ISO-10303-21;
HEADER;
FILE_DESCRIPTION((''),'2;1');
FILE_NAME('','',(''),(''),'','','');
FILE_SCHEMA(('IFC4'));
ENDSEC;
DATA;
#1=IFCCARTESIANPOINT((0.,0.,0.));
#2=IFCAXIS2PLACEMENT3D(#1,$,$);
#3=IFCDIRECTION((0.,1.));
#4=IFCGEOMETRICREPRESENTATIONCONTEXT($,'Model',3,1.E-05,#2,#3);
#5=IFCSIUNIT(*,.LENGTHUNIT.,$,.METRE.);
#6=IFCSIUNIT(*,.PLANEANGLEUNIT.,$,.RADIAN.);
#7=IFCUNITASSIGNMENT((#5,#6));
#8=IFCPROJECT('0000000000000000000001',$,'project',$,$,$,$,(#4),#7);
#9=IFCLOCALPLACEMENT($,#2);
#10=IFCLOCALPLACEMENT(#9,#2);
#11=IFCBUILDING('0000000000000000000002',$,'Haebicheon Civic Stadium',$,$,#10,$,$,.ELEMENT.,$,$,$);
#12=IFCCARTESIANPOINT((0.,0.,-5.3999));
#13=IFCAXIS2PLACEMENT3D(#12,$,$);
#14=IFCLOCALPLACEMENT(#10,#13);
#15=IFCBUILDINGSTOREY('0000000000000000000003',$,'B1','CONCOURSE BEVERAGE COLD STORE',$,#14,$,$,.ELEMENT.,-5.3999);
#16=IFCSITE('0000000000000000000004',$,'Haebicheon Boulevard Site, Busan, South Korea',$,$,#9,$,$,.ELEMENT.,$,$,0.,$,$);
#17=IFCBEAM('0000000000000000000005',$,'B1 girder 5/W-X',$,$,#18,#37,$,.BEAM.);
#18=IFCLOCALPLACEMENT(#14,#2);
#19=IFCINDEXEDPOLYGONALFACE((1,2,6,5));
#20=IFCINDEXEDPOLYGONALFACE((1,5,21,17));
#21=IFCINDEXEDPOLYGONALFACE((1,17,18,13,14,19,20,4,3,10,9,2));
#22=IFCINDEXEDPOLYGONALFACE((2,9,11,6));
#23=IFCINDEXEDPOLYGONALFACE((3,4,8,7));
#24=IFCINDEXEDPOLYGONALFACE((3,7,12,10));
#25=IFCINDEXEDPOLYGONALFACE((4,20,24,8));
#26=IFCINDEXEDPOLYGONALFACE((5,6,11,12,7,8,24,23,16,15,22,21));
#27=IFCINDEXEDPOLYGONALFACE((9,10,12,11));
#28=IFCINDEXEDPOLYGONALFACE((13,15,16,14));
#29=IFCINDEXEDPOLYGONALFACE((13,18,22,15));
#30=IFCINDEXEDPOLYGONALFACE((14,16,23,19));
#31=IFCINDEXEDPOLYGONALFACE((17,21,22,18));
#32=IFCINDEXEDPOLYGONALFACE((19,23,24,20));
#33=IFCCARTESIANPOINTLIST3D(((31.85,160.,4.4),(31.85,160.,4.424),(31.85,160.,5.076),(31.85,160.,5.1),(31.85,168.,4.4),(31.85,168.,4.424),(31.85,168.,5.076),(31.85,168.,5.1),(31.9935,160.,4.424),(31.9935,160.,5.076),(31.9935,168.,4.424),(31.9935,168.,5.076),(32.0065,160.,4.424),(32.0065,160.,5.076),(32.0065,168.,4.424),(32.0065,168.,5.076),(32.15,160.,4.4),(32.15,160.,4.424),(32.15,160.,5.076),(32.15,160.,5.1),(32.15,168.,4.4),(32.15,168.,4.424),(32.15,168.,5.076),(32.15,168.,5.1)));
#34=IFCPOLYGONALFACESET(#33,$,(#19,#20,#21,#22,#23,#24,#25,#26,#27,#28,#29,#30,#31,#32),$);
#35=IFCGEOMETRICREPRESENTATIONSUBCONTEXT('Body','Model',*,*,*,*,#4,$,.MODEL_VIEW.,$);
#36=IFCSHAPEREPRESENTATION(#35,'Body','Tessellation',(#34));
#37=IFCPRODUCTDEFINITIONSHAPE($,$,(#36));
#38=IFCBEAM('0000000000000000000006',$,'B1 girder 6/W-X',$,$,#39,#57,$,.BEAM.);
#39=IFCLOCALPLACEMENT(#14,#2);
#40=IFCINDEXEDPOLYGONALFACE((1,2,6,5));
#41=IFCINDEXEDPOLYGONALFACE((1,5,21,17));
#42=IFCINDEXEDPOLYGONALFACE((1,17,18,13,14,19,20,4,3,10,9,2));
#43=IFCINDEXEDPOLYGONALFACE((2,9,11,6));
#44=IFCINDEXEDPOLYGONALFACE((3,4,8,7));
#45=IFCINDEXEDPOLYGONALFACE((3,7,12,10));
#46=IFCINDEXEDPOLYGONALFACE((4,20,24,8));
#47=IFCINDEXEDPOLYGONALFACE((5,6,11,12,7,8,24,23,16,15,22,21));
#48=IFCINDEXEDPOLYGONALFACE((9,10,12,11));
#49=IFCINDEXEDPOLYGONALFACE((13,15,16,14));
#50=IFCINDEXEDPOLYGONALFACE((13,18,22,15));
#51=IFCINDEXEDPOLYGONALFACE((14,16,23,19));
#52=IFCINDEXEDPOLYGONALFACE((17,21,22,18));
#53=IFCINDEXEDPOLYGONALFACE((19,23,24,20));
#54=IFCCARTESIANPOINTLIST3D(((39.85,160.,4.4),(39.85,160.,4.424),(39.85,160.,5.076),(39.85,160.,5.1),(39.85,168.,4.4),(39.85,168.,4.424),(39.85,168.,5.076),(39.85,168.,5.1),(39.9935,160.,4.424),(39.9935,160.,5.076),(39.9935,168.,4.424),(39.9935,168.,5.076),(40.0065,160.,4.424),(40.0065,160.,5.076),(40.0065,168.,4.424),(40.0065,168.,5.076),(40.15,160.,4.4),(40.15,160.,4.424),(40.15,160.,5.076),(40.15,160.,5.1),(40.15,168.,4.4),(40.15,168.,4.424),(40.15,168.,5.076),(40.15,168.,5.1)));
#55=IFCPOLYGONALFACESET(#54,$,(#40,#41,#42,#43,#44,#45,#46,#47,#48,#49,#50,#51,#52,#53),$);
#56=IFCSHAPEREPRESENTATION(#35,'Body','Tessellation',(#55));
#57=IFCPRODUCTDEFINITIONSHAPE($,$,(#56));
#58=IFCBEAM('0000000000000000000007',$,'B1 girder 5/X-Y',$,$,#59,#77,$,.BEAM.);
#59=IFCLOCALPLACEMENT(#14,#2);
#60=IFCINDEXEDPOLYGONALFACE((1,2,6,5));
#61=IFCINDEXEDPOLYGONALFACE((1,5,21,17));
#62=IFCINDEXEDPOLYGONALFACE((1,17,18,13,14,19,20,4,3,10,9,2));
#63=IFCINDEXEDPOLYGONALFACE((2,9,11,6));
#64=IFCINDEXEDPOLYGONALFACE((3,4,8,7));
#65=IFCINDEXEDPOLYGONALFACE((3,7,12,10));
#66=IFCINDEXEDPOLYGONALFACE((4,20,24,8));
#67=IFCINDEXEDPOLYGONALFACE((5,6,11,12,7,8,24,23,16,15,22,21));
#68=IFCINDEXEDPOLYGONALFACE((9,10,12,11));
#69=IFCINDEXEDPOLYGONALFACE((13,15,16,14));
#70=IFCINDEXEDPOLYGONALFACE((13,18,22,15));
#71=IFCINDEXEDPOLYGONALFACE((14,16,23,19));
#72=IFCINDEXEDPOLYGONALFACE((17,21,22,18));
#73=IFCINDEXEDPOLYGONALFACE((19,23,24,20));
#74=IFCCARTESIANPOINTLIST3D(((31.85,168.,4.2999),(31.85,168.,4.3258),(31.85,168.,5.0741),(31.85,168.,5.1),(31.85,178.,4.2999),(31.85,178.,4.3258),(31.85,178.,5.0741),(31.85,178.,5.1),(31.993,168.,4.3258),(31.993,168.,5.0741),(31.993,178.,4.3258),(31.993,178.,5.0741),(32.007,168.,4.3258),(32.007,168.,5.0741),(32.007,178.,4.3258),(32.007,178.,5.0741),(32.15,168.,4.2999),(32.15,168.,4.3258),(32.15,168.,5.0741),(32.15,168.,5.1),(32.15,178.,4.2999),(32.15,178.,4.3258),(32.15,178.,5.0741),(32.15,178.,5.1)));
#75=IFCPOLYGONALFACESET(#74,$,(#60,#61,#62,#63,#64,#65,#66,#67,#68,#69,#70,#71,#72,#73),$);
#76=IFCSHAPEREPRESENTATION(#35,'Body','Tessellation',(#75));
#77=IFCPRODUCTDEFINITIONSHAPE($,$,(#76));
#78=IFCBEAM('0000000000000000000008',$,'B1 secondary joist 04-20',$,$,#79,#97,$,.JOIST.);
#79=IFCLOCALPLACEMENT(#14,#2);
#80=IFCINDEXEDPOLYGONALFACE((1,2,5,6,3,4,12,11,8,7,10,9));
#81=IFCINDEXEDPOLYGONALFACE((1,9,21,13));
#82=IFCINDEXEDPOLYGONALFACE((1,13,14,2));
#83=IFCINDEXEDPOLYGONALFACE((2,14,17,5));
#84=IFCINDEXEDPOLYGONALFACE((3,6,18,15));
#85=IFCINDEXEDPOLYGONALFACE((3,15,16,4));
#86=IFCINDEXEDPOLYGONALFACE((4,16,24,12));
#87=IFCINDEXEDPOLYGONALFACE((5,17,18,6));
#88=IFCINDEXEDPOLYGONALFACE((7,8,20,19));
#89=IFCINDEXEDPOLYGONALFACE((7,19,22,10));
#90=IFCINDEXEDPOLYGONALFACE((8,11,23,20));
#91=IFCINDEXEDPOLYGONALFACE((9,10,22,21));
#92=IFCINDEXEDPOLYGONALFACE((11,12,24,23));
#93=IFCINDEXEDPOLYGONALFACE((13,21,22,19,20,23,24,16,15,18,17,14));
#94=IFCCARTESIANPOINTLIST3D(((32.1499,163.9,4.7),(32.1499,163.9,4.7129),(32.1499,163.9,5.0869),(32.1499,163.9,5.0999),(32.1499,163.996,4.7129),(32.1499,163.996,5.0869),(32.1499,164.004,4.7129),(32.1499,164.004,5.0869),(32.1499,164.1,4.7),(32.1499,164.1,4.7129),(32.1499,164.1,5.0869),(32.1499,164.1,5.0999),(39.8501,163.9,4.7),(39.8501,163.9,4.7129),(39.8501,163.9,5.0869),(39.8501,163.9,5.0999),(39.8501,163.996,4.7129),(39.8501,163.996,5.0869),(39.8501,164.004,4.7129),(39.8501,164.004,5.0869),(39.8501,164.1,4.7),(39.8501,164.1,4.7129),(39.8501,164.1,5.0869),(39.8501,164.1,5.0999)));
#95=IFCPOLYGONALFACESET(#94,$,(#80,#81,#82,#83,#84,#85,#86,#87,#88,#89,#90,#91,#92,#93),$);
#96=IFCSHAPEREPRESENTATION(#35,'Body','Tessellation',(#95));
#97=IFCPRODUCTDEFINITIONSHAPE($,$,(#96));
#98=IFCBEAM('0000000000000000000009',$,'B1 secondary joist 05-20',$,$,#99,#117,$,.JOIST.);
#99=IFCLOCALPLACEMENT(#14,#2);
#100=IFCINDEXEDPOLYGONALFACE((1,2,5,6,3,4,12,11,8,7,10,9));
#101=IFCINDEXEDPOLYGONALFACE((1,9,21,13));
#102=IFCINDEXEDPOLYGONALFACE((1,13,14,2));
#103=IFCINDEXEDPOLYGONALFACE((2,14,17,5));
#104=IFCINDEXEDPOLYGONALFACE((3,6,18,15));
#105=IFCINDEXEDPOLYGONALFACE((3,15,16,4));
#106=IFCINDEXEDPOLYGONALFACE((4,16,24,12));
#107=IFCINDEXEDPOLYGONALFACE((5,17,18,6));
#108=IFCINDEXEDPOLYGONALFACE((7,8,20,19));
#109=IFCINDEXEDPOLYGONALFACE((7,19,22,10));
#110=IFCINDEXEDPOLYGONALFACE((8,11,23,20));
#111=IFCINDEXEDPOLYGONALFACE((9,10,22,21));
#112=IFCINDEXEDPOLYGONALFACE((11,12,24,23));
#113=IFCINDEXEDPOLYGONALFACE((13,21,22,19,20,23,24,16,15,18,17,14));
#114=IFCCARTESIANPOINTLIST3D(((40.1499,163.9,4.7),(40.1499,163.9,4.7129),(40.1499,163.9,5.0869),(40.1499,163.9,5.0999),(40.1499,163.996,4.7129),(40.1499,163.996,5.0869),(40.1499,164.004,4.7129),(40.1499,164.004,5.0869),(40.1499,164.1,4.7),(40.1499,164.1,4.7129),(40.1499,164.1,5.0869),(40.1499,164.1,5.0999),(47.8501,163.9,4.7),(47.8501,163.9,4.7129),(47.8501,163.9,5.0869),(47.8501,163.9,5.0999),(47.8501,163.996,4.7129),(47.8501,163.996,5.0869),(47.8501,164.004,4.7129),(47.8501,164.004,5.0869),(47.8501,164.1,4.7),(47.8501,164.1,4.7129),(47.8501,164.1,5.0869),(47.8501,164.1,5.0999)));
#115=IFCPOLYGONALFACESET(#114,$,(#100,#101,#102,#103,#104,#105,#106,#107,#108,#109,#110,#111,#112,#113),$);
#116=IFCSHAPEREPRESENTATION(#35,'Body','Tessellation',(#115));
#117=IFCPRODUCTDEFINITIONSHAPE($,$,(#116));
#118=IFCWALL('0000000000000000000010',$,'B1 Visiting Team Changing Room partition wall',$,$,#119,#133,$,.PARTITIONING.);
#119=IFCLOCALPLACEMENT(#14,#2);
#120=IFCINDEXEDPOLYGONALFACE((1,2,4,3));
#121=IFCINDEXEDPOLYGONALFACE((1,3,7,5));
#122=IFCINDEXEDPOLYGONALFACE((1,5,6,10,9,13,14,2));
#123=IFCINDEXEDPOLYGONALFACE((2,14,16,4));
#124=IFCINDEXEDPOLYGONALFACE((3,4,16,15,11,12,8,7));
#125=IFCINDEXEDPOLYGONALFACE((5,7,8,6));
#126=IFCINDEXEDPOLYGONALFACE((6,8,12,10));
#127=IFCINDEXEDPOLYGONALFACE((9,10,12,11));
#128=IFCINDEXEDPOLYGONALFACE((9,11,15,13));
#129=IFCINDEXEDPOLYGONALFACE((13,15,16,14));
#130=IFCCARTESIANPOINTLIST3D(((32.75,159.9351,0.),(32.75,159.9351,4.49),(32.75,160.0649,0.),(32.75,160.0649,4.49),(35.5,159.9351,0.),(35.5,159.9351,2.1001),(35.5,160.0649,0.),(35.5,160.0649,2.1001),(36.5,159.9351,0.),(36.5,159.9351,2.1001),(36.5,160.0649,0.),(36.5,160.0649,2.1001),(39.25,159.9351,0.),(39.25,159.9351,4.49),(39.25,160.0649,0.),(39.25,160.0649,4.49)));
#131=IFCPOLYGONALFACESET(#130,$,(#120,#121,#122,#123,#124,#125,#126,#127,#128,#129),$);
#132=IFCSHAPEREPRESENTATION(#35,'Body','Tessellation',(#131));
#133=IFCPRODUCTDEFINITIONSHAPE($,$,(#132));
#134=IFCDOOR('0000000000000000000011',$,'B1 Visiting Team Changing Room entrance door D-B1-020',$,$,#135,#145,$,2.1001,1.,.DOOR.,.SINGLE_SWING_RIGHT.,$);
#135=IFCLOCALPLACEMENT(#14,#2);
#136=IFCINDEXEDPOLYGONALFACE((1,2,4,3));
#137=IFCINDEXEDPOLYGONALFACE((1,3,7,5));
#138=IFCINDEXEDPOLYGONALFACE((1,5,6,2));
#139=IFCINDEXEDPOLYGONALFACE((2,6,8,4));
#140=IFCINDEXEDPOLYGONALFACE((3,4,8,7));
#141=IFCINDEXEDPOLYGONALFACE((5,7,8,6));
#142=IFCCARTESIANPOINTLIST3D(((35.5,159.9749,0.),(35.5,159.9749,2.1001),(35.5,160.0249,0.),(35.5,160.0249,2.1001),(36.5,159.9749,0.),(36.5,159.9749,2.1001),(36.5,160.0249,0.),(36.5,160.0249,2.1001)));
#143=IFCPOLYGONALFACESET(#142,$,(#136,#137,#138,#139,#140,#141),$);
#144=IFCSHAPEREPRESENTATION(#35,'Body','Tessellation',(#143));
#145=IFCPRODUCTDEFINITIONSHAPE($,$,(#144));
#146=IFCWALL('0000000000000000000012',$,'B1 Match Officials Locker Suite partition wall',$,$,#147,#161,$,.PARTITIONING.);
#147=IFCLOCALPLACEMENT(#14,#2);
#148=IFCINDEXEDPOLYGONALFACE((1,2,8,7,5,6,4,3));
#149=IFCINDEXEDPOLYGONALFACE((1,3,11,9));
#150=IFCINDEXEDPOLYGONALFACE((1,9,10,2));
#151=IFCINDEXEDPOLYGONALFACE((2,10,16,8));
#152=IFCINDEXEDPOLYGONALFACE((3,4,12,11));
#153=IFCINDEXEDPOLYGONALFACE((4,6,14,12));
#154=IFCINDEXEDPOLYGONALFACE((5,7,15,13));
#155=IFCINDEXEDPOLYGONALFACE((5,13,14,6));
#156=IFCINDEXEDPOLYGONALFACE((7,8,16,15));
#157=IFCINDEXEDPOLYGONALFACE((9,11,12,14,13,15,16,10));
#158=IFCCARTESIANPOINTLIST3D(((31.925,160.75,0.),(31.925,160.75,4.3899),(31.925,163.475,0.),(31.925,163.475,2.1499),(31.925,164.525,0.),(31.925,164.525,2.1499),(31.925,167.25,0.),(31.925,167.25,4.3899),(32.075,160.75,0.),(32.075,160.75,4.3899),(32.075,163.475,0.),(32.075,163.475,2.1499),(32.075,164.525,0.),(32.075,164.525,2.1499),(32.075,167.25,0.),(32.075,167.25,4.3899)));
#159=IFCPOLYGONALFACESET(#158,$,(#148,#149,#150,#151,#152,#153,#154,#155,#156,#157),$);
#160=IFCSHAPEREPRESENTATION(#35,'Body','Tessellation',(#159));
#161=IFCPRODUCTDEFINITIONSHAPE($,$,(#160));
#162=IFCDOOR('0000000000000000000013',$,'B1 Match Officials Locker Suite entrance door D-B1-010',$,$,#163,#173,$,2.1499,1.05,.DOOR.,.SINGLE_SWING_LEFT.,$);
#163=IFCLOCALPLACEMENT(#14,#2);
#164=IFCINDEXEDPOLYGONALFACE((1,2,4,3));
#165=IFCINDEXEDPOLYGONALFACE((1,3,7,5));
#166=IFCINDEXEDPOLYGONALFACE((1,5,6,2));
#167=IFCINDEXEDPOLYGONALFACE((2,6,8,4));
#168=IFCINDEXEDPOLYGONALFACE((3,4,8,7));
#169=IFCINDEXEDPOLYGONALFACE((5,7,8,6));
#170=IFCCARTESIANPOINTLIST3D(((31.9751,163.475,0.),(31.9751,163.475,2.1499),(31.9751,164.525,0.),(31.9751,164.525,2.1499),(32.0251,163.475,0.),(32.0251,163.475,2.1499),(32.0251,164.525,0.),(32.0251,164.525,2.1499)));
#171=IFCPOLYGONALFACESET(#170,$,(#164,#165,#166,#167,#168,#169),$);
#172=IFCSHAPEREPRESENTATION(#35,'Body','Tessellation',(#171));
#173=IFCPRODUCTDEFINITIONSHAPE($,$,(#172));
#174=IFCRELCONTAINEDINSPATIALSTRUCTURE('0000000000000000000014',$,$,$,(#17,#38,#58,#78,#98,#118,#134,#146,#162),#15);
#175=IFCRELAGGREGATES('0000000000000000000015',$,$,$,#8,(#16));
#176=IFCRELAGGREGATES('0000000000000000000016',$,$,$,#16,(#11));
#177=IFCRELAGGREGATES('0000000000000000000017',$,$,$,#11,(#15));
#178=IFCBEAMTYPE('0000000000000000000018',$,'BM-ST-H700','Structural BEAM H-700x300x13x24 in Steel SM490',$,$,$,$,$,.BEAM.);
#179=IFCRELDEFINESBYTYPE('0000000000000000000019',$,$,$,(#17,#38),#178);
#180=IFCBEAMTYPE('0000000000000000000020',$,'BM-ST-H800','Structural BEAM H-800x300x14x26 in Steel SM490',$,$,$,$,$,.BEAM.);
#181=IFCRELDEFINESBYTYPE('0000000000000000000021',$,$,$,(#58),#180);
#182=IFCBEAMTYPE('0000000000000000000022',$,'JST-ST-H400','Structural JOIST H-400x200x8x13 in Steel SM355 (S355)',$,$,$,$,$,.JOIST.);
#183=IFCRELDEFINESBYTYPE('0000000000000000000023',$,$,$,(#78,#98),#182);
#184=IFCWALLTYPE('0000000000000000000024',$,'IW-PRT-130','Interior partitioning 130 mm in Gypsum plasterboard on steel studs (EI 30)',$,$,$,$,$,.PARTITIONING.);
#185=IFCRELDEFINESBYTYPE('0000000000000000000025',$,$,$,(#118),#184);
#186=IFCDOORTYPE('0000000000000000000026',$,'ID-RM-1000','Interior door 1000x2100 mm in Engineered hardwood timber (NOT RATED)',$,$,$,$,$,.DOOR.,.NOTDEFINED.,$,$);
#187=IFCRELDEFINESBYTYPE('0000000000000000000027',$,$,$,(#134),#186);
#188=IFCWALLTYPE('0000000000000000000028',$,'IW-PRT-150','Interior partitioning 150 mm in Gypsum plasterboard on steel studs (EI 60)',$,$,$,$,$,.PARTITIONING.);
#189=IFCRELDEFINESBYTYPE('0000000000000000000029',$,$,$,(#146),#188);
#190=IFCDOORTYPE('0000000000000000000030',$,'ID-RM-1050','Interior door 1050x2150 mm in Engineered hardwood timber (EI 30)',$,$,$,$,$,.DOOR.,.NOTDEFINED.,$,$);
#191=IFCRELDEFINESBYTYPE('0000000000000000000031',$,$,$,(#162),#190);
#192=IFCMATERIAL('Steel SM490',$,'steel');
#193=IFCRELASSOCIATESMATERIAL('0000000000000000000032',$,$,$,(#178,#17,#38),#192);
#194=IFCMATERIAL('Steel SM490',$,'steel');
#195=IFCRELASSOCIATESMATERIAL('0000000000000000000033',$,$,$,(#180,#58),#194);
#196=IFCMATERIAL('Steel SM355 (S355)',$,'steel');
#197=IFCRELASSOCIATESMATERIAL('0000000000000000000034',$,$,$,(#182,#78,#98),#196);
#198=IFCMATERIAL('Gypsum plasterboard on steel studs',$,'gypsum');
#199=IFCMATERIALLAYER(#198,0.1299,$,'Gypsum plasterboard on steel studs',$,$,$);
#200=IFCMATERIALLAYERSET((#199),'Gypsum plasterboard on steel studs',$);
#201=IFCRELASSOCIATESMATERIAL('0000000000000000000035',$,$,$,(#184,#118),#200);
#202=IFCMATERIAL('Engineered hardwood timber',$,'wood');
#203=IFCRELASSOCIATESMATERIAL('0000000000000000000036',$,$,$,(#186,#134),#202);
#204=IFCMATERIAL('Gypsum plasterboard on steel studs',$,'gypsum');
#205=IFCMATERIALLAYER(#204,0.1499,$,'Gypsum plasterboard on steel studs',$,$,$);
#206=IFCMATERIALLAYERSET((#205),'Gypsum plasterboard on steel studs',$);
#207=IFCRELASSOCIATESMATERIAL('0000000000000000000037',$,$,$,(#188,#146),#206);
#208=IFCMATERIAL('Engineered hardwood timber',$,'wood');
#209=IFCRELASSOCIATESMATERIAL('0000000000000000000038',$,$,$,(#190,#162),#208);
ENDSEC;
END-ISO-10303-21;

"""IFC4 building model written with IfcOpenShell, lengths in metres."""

from ifc_helpers import new_model, si_unit, direction, frame, frame_2d, origin, origin_2d, place, context, subcontext, project, spatial, rectangle, i_section, extrude, material, layer, layer_set, material_profile, profile_set, type_object, element, fill, save


model = new_model("IFC4")

# Units and contexts
model_context = context("Model", 3, precision=1e-05, world=origin(), true_north=direction((0.0, 1.0)))
body_context = subcontext(model_context, "Body", "Model", "MODEL_VIEW")
ifc_project = project(units=[si_unit("LENGTHUNIT", "METRE"), si_unit("PLANEANGLEUNIT", "RADIAN")], contexts=[model_context])

# Site, building, storey
site_placement = place(None, origin())
site = spatial("IfcSite", under=ifc_project, at=site_placement, Name="Haebicheon Boulevard Site, Busan, South Korea", CompositionType="ELEMENT", RefElevation=0.0)
building_placement = place(site_placement, origin())
building = spatial("IfcBuilding", under=site, at=building_placement, Name="Haebicheon Civic Stadium", CompositionType="ELEMENT")
storey_placement = place(building_placement, frame((0.0, 0.0, -5.3999)))
storey = spatial("IfcBuildingStorey", under=building, at=storey_placement, Name="B1", Description="CONCOURSE BEVERAGE COLD STORE", CompositionType="ELEMENT", Elevation=-5.3999)

# Beams
ifc_material_1 = material(Name="Steel SM490", Category="steel")
ifc_material_profile_1 = material_profile(ifc_material_1, i_section(OverallWidth=0.3, OverallDepth=0.7, WebThickness=0.0129, FlangeThickness=0.0239, at=origin_2d()), Name="H-700x300x13x24")
ifc_profile_set_1 = profile_set([ifc_material_profile_1], Name="Steel SM490")
beam_type_1 = type_object("IfcBeamType", Name="BM-ST-H700", Description="Structural BEAM H-700x300x13x24 in Steel SM490", PredefinedType="BEAM", material=ifc_profile_set_1)
for number, where, z_axis, x_axis, name in (
    (1, (32.0, 160.0, 4.75), (0.0, 1.0, 0.0), (-1.0, 0.0, 0.0), "B1 girder 5/W-X"),
    (2, (40.0, 160.0, 4.75), (0.0, 1.0, 0.0), (-1.0, 0.0, 0.0), "B1 girder 6/W-X"),
):
    element("IfcBeam", number, at=place(storey_placement, frame(where, z_axis=z_axis, x_axis=x_axis)), inside=storey, type_object=beam_type_1, material=ifc_profile_set_1, Name=name, PredefinedType="BEAM", context=body_context, shape_type="SweptSolid", body=[
        extrude(i_section(OverallWidth=0.3, OverallDepth=0.7, WebThickness=0.0129, FlangeThickness=0.0239, at=origin_2d()), origin(), (0.0, 0.0, 1.0), 8.0),
    ])
ifc_material_2 = material(Name="Steel SM490", Category="steel")
ifc_material_profile_2 = material_profile(ifc_material_2, i_section(OverallWidth=0.3, OverallDepth=0.8, WebThickness=0.0139, FlangeThickness=0.0259, at=origin_2d()), Name="H-800x300x14x26")
ifc_profile_set_2 = profile_set([ifc_material_profile_2], Name="Steel SM490")
beam_type_2 = type_object("IfcBeamType", Name="BM-ST-H800", Description="Structural BEAM H-800x300x14x26 in Steel SM490", PredefinedType="BEAM", material=ifc_profile_set_2)
beam_placement = place(storey_placement, frame((32.0, 168.0, 4.7), z_axis=(0.0, 1.0, 0.0), x_axis=(-1.0, 0.0, 0.0)))
element("IfcBeam", 3, at=beam_placement, inside=storey, type_object=beam_type_2, material=ifc_profile_set_2, Name="B1 girder 5/X-Y", PredefinedType="BEAM", context=body_context, shape_type="SweptSolid", body=[
    extrude(i_section(OverallWidth=0.3, OverallDepth=0.8, WebThickness=0.0139, FlangeThickness=0.0259, at=origin_2d()), origin(), (0.0, 0.0, 1.0), 10.0),
])
ifc_material_3 = material(Name="Steel SM355 (S355)", Category="steel")
ifc_material_profile_3 = material_profile(ifc_material_3, i_section(OverallWidth=0.2, OverallDepth=0.3999, WebThickness=0.0081, FlangeThickness=0.0129, at=origin_2d()), Name="H-400x200x8x13")
ifc_profile_set_3 = profile_set([ifc_material_profile_3], Name="Steel SM355 (S355)")
beam_type_3 = type_object("IfcBeamType", Name="JST-ST-H400", Description="Structural JOIST H-400x200x8x13 in Steel SM355 (S355)", PredefinedType="JOIST", material=ifc_profile_set_3)
for number, where, z_axis, x_axis, name in (
    (4, (32.1499, 164.0, 4.8999), (1.0, 0.0, 0.0), (0.0, 1.0, 0.0), "B1 secondary joist 04-20"),
    (5, (40.1499, 164.0, 4.8999), (1.0, 0.0, 0.0), (0.0, 1.0, 0.0), "B1 secondary joist 05-20"),
):
    element("IfcBeam", number, at=place(storey_placement, frame(where, z_axis=z_axis, x_axis=x_axis)), inside=storey, type_object=beam_type_3, material=ifc_profile_set_3, Name=name, PredefinedType="JOIST", context=body_context, shape_type="SweptSolid", body=[
        extrude(i_section(OverallWidth=0.2, OverallDepth=0.3999, WebThickness=0.0081, FlangeThickness=0.0129, at=origin_2d()), origin(), (0.0, 0.0, 1.0), 7.7002),
    ])

# Walls, openings, doors
ifc_material_4 = material(Name="Gypsum plasterboard on steel studs", Category="gypsum")
ifc_layer_1 = layer(ifc_material_4, 0.1299, Name="Gypsum plasterboard on steel studs")
ifc_layer_set_1 = layer_set([ifc_layer_1], Name="Gypsum plasterboard on steel studs")
wall_type_1 = type_object("IfcWallType", Name="IW-PRT-130", Description="Interior partitioning 130 mm in Gypsum plasterboard on steel studs (EI 30)", PredefinedType="PARTITIONING", material=ifc_layer_set_1)
wall_1_placement = place(storey_placement, frame((32.75, 160.0, 0.0), z_axis=(0.0, 0.0, 1.0), x_axis=(1.0, 0.0, 0.0)))
wall_1 = element("IfcWall", 6, at=wall_1_placement, inside=storey, type_object=wall_type_1, material=ifc_layer_set_1, Name="B1 Visiting Team Changing Room partition wall", PredefinedType="PARTITIONING", context=body_context, shape_type="SweptSolid", body=[
    extrude(rectangle(XDim=6.5, YDim=0.1299, at=frame_2d((3.25, 0.0))), origin(), (0.0, 0.0, 1.0), 4.49),
])
opening_1_placement = place(wall_1_placement, frame((2.75, 0.0, 0.0)))
opening_1 = element("IfcOpeningElement", 7, at=opening_1_placement, cuts=wall_1, PredefinedType="OPENING", context=body_context, shape_type="SweptSolid", body=[
    extrude(rectangle(XDim=1.0, YDim=2.1001, at=frame_2d((0.5, 1.05))), frame((0.0, 0.075, 0.0), z_axis=(0.0, -1.0, 0.0), x_axis=(1.0, 0.0, 0.0)), (0.0, 0.0, 1.0), 0.1499),
])
ifc_material_5 = material(Name="Engineered hardwood timber", Category="wood")
door_type_1 = type_object("IfcDoorType", Name="ID-RM-1000", Description="Interior door 1000x2100 mm in Engineered hardwood timber (NOT RATED)", OperationType="NOTDEFINED", PredefinedType="DOOR", material=ifc_material_5)
door_1_placement = place(opening_1_placement, origin())
door_1 = element("IfcDoor", 8, at=door_1_placement, inside=storey, type_object=door_type_1, material=ifc_material_5, Name="B1 Visiting Team Changing Room entrance door D-B1-020", OperationType="SINGLE_SWING_RIGHT", OverallHeight=2.1001, OverallWidth=1.0, PredefinedType="DOOR", context=body_context, shape_type="SweptSolid", body=[
    extrude(rectangle(XDim=1.0, YDim=2.1001, at=frame_2d((0.5, 1.05))), frame((0.0, 0.0249, 0.0), z_axis=(0.0, -1.0, 0.0), x_axis=(1.0, 0.0, 0.0)), (0.0, 0.0, 1.0), 0.05),
])
fill(opening_1, door_1)
ifc_material_6 = material(Name="Gypsum plasterboard on steel studs", Category="gypsum")
ifc_layer_2 = layer(ifc_material_6, 0.1499, Name="Gypsum plasterboard on steel studs")
ifc_layer_set_2 = layer_set([ifc_layer_2], Name="Gypsum plasterboard on steel studs")
wall_type_2 = type_object("IfcWallType", Name="IW-PRT-150", Description="Interior partitioning 150 mm in Gypsum plasterboard on steel studs (EI 60)", PredefinedType="PARTITIONING", material=ifc_layer_set_2)
wall_2_placement = place(storey_placement, frame((32.0, 160.75, 0.0), z_axis=(0.0, 0.0, 1.0), x_axis=(0.0, 1.0, 0.0)))
wall_2 = element("IfcWall", 9, at=wall_2_placement, inside=storey, type_object=wall_type_2, material=ifc_layer_set_2, Name="B1 Match Officials Locker Suite partition wall", PredefinedType="PARTITIONING", context=body_context, shape_type="SweptSolid", body=[
    extrude(rectangle(XDim=6.5, YDim=0.1499, at=frame_2d((3.25, 0.0))), origin(), (0.0, 0.0, 1.0), 4.3899),
])
opening_2_placement = place(wall_2_placement, frame((2.7251, 0.0, 0.0)))
opening_2 = element("IfcOpeningElement", 10, at=opening_2_placement, cuts=wall_2, PredefinedType="OPENING", context=body_context, shape_type="SweptSolid", body=[
    extrude(rectangle(XDim=1.05, YDim=2.1499, at=frame_2d((0.5249, 1.075))), frame((0.0, 0.085, 0.0), z_axis=(0.0, -1.0, 0.0), x_axis=(1.0, 0.0, 0.0)), (0.0, 0.0, 1.0), 0.1699),
])
ifc_material_7 = material(Name="Engineered hardwood timber", Category="wood")
door_type_2 = type_object("IfcDoorType", Name="ID-RM-1050", Description="Interior door 1050x2150 mm in Engineered hardwood timber (EI 30)", OperationType="NOTDEFINED", PredefinedType="DOOR", material=ifc_material_7)
door_2_placement = place(opening_2_placement, origin())
door_2 = element("IfcDoor", 11, at=door_2_placement, inside=storey, type_object=door_type_2, material=ifc_material_7, Name="B1 Match Officials Locker Suite entrance door D-B1-010", OperationType="SINGLE_SWING_LEFT", OverallHeight=2.1499, OverallWidth=1.05, PredefinedType="DOOR", context=body_context, shape_type="SweptSolid", body=[
    extrude(rectangle(XDim=1.05, YDim=2.1499, at=frame_2d((0.5249, 1.075))), frame((0.0, 0.0249, 0.0), z_axis=(0.0, -1.0, 0.0), x_axis=(1.0, 0.0, 0.0)), (0.0, 0.0, 1.0), 0.05),
])
fill(opening_2, door_2)

save(model, "model.ifc")
